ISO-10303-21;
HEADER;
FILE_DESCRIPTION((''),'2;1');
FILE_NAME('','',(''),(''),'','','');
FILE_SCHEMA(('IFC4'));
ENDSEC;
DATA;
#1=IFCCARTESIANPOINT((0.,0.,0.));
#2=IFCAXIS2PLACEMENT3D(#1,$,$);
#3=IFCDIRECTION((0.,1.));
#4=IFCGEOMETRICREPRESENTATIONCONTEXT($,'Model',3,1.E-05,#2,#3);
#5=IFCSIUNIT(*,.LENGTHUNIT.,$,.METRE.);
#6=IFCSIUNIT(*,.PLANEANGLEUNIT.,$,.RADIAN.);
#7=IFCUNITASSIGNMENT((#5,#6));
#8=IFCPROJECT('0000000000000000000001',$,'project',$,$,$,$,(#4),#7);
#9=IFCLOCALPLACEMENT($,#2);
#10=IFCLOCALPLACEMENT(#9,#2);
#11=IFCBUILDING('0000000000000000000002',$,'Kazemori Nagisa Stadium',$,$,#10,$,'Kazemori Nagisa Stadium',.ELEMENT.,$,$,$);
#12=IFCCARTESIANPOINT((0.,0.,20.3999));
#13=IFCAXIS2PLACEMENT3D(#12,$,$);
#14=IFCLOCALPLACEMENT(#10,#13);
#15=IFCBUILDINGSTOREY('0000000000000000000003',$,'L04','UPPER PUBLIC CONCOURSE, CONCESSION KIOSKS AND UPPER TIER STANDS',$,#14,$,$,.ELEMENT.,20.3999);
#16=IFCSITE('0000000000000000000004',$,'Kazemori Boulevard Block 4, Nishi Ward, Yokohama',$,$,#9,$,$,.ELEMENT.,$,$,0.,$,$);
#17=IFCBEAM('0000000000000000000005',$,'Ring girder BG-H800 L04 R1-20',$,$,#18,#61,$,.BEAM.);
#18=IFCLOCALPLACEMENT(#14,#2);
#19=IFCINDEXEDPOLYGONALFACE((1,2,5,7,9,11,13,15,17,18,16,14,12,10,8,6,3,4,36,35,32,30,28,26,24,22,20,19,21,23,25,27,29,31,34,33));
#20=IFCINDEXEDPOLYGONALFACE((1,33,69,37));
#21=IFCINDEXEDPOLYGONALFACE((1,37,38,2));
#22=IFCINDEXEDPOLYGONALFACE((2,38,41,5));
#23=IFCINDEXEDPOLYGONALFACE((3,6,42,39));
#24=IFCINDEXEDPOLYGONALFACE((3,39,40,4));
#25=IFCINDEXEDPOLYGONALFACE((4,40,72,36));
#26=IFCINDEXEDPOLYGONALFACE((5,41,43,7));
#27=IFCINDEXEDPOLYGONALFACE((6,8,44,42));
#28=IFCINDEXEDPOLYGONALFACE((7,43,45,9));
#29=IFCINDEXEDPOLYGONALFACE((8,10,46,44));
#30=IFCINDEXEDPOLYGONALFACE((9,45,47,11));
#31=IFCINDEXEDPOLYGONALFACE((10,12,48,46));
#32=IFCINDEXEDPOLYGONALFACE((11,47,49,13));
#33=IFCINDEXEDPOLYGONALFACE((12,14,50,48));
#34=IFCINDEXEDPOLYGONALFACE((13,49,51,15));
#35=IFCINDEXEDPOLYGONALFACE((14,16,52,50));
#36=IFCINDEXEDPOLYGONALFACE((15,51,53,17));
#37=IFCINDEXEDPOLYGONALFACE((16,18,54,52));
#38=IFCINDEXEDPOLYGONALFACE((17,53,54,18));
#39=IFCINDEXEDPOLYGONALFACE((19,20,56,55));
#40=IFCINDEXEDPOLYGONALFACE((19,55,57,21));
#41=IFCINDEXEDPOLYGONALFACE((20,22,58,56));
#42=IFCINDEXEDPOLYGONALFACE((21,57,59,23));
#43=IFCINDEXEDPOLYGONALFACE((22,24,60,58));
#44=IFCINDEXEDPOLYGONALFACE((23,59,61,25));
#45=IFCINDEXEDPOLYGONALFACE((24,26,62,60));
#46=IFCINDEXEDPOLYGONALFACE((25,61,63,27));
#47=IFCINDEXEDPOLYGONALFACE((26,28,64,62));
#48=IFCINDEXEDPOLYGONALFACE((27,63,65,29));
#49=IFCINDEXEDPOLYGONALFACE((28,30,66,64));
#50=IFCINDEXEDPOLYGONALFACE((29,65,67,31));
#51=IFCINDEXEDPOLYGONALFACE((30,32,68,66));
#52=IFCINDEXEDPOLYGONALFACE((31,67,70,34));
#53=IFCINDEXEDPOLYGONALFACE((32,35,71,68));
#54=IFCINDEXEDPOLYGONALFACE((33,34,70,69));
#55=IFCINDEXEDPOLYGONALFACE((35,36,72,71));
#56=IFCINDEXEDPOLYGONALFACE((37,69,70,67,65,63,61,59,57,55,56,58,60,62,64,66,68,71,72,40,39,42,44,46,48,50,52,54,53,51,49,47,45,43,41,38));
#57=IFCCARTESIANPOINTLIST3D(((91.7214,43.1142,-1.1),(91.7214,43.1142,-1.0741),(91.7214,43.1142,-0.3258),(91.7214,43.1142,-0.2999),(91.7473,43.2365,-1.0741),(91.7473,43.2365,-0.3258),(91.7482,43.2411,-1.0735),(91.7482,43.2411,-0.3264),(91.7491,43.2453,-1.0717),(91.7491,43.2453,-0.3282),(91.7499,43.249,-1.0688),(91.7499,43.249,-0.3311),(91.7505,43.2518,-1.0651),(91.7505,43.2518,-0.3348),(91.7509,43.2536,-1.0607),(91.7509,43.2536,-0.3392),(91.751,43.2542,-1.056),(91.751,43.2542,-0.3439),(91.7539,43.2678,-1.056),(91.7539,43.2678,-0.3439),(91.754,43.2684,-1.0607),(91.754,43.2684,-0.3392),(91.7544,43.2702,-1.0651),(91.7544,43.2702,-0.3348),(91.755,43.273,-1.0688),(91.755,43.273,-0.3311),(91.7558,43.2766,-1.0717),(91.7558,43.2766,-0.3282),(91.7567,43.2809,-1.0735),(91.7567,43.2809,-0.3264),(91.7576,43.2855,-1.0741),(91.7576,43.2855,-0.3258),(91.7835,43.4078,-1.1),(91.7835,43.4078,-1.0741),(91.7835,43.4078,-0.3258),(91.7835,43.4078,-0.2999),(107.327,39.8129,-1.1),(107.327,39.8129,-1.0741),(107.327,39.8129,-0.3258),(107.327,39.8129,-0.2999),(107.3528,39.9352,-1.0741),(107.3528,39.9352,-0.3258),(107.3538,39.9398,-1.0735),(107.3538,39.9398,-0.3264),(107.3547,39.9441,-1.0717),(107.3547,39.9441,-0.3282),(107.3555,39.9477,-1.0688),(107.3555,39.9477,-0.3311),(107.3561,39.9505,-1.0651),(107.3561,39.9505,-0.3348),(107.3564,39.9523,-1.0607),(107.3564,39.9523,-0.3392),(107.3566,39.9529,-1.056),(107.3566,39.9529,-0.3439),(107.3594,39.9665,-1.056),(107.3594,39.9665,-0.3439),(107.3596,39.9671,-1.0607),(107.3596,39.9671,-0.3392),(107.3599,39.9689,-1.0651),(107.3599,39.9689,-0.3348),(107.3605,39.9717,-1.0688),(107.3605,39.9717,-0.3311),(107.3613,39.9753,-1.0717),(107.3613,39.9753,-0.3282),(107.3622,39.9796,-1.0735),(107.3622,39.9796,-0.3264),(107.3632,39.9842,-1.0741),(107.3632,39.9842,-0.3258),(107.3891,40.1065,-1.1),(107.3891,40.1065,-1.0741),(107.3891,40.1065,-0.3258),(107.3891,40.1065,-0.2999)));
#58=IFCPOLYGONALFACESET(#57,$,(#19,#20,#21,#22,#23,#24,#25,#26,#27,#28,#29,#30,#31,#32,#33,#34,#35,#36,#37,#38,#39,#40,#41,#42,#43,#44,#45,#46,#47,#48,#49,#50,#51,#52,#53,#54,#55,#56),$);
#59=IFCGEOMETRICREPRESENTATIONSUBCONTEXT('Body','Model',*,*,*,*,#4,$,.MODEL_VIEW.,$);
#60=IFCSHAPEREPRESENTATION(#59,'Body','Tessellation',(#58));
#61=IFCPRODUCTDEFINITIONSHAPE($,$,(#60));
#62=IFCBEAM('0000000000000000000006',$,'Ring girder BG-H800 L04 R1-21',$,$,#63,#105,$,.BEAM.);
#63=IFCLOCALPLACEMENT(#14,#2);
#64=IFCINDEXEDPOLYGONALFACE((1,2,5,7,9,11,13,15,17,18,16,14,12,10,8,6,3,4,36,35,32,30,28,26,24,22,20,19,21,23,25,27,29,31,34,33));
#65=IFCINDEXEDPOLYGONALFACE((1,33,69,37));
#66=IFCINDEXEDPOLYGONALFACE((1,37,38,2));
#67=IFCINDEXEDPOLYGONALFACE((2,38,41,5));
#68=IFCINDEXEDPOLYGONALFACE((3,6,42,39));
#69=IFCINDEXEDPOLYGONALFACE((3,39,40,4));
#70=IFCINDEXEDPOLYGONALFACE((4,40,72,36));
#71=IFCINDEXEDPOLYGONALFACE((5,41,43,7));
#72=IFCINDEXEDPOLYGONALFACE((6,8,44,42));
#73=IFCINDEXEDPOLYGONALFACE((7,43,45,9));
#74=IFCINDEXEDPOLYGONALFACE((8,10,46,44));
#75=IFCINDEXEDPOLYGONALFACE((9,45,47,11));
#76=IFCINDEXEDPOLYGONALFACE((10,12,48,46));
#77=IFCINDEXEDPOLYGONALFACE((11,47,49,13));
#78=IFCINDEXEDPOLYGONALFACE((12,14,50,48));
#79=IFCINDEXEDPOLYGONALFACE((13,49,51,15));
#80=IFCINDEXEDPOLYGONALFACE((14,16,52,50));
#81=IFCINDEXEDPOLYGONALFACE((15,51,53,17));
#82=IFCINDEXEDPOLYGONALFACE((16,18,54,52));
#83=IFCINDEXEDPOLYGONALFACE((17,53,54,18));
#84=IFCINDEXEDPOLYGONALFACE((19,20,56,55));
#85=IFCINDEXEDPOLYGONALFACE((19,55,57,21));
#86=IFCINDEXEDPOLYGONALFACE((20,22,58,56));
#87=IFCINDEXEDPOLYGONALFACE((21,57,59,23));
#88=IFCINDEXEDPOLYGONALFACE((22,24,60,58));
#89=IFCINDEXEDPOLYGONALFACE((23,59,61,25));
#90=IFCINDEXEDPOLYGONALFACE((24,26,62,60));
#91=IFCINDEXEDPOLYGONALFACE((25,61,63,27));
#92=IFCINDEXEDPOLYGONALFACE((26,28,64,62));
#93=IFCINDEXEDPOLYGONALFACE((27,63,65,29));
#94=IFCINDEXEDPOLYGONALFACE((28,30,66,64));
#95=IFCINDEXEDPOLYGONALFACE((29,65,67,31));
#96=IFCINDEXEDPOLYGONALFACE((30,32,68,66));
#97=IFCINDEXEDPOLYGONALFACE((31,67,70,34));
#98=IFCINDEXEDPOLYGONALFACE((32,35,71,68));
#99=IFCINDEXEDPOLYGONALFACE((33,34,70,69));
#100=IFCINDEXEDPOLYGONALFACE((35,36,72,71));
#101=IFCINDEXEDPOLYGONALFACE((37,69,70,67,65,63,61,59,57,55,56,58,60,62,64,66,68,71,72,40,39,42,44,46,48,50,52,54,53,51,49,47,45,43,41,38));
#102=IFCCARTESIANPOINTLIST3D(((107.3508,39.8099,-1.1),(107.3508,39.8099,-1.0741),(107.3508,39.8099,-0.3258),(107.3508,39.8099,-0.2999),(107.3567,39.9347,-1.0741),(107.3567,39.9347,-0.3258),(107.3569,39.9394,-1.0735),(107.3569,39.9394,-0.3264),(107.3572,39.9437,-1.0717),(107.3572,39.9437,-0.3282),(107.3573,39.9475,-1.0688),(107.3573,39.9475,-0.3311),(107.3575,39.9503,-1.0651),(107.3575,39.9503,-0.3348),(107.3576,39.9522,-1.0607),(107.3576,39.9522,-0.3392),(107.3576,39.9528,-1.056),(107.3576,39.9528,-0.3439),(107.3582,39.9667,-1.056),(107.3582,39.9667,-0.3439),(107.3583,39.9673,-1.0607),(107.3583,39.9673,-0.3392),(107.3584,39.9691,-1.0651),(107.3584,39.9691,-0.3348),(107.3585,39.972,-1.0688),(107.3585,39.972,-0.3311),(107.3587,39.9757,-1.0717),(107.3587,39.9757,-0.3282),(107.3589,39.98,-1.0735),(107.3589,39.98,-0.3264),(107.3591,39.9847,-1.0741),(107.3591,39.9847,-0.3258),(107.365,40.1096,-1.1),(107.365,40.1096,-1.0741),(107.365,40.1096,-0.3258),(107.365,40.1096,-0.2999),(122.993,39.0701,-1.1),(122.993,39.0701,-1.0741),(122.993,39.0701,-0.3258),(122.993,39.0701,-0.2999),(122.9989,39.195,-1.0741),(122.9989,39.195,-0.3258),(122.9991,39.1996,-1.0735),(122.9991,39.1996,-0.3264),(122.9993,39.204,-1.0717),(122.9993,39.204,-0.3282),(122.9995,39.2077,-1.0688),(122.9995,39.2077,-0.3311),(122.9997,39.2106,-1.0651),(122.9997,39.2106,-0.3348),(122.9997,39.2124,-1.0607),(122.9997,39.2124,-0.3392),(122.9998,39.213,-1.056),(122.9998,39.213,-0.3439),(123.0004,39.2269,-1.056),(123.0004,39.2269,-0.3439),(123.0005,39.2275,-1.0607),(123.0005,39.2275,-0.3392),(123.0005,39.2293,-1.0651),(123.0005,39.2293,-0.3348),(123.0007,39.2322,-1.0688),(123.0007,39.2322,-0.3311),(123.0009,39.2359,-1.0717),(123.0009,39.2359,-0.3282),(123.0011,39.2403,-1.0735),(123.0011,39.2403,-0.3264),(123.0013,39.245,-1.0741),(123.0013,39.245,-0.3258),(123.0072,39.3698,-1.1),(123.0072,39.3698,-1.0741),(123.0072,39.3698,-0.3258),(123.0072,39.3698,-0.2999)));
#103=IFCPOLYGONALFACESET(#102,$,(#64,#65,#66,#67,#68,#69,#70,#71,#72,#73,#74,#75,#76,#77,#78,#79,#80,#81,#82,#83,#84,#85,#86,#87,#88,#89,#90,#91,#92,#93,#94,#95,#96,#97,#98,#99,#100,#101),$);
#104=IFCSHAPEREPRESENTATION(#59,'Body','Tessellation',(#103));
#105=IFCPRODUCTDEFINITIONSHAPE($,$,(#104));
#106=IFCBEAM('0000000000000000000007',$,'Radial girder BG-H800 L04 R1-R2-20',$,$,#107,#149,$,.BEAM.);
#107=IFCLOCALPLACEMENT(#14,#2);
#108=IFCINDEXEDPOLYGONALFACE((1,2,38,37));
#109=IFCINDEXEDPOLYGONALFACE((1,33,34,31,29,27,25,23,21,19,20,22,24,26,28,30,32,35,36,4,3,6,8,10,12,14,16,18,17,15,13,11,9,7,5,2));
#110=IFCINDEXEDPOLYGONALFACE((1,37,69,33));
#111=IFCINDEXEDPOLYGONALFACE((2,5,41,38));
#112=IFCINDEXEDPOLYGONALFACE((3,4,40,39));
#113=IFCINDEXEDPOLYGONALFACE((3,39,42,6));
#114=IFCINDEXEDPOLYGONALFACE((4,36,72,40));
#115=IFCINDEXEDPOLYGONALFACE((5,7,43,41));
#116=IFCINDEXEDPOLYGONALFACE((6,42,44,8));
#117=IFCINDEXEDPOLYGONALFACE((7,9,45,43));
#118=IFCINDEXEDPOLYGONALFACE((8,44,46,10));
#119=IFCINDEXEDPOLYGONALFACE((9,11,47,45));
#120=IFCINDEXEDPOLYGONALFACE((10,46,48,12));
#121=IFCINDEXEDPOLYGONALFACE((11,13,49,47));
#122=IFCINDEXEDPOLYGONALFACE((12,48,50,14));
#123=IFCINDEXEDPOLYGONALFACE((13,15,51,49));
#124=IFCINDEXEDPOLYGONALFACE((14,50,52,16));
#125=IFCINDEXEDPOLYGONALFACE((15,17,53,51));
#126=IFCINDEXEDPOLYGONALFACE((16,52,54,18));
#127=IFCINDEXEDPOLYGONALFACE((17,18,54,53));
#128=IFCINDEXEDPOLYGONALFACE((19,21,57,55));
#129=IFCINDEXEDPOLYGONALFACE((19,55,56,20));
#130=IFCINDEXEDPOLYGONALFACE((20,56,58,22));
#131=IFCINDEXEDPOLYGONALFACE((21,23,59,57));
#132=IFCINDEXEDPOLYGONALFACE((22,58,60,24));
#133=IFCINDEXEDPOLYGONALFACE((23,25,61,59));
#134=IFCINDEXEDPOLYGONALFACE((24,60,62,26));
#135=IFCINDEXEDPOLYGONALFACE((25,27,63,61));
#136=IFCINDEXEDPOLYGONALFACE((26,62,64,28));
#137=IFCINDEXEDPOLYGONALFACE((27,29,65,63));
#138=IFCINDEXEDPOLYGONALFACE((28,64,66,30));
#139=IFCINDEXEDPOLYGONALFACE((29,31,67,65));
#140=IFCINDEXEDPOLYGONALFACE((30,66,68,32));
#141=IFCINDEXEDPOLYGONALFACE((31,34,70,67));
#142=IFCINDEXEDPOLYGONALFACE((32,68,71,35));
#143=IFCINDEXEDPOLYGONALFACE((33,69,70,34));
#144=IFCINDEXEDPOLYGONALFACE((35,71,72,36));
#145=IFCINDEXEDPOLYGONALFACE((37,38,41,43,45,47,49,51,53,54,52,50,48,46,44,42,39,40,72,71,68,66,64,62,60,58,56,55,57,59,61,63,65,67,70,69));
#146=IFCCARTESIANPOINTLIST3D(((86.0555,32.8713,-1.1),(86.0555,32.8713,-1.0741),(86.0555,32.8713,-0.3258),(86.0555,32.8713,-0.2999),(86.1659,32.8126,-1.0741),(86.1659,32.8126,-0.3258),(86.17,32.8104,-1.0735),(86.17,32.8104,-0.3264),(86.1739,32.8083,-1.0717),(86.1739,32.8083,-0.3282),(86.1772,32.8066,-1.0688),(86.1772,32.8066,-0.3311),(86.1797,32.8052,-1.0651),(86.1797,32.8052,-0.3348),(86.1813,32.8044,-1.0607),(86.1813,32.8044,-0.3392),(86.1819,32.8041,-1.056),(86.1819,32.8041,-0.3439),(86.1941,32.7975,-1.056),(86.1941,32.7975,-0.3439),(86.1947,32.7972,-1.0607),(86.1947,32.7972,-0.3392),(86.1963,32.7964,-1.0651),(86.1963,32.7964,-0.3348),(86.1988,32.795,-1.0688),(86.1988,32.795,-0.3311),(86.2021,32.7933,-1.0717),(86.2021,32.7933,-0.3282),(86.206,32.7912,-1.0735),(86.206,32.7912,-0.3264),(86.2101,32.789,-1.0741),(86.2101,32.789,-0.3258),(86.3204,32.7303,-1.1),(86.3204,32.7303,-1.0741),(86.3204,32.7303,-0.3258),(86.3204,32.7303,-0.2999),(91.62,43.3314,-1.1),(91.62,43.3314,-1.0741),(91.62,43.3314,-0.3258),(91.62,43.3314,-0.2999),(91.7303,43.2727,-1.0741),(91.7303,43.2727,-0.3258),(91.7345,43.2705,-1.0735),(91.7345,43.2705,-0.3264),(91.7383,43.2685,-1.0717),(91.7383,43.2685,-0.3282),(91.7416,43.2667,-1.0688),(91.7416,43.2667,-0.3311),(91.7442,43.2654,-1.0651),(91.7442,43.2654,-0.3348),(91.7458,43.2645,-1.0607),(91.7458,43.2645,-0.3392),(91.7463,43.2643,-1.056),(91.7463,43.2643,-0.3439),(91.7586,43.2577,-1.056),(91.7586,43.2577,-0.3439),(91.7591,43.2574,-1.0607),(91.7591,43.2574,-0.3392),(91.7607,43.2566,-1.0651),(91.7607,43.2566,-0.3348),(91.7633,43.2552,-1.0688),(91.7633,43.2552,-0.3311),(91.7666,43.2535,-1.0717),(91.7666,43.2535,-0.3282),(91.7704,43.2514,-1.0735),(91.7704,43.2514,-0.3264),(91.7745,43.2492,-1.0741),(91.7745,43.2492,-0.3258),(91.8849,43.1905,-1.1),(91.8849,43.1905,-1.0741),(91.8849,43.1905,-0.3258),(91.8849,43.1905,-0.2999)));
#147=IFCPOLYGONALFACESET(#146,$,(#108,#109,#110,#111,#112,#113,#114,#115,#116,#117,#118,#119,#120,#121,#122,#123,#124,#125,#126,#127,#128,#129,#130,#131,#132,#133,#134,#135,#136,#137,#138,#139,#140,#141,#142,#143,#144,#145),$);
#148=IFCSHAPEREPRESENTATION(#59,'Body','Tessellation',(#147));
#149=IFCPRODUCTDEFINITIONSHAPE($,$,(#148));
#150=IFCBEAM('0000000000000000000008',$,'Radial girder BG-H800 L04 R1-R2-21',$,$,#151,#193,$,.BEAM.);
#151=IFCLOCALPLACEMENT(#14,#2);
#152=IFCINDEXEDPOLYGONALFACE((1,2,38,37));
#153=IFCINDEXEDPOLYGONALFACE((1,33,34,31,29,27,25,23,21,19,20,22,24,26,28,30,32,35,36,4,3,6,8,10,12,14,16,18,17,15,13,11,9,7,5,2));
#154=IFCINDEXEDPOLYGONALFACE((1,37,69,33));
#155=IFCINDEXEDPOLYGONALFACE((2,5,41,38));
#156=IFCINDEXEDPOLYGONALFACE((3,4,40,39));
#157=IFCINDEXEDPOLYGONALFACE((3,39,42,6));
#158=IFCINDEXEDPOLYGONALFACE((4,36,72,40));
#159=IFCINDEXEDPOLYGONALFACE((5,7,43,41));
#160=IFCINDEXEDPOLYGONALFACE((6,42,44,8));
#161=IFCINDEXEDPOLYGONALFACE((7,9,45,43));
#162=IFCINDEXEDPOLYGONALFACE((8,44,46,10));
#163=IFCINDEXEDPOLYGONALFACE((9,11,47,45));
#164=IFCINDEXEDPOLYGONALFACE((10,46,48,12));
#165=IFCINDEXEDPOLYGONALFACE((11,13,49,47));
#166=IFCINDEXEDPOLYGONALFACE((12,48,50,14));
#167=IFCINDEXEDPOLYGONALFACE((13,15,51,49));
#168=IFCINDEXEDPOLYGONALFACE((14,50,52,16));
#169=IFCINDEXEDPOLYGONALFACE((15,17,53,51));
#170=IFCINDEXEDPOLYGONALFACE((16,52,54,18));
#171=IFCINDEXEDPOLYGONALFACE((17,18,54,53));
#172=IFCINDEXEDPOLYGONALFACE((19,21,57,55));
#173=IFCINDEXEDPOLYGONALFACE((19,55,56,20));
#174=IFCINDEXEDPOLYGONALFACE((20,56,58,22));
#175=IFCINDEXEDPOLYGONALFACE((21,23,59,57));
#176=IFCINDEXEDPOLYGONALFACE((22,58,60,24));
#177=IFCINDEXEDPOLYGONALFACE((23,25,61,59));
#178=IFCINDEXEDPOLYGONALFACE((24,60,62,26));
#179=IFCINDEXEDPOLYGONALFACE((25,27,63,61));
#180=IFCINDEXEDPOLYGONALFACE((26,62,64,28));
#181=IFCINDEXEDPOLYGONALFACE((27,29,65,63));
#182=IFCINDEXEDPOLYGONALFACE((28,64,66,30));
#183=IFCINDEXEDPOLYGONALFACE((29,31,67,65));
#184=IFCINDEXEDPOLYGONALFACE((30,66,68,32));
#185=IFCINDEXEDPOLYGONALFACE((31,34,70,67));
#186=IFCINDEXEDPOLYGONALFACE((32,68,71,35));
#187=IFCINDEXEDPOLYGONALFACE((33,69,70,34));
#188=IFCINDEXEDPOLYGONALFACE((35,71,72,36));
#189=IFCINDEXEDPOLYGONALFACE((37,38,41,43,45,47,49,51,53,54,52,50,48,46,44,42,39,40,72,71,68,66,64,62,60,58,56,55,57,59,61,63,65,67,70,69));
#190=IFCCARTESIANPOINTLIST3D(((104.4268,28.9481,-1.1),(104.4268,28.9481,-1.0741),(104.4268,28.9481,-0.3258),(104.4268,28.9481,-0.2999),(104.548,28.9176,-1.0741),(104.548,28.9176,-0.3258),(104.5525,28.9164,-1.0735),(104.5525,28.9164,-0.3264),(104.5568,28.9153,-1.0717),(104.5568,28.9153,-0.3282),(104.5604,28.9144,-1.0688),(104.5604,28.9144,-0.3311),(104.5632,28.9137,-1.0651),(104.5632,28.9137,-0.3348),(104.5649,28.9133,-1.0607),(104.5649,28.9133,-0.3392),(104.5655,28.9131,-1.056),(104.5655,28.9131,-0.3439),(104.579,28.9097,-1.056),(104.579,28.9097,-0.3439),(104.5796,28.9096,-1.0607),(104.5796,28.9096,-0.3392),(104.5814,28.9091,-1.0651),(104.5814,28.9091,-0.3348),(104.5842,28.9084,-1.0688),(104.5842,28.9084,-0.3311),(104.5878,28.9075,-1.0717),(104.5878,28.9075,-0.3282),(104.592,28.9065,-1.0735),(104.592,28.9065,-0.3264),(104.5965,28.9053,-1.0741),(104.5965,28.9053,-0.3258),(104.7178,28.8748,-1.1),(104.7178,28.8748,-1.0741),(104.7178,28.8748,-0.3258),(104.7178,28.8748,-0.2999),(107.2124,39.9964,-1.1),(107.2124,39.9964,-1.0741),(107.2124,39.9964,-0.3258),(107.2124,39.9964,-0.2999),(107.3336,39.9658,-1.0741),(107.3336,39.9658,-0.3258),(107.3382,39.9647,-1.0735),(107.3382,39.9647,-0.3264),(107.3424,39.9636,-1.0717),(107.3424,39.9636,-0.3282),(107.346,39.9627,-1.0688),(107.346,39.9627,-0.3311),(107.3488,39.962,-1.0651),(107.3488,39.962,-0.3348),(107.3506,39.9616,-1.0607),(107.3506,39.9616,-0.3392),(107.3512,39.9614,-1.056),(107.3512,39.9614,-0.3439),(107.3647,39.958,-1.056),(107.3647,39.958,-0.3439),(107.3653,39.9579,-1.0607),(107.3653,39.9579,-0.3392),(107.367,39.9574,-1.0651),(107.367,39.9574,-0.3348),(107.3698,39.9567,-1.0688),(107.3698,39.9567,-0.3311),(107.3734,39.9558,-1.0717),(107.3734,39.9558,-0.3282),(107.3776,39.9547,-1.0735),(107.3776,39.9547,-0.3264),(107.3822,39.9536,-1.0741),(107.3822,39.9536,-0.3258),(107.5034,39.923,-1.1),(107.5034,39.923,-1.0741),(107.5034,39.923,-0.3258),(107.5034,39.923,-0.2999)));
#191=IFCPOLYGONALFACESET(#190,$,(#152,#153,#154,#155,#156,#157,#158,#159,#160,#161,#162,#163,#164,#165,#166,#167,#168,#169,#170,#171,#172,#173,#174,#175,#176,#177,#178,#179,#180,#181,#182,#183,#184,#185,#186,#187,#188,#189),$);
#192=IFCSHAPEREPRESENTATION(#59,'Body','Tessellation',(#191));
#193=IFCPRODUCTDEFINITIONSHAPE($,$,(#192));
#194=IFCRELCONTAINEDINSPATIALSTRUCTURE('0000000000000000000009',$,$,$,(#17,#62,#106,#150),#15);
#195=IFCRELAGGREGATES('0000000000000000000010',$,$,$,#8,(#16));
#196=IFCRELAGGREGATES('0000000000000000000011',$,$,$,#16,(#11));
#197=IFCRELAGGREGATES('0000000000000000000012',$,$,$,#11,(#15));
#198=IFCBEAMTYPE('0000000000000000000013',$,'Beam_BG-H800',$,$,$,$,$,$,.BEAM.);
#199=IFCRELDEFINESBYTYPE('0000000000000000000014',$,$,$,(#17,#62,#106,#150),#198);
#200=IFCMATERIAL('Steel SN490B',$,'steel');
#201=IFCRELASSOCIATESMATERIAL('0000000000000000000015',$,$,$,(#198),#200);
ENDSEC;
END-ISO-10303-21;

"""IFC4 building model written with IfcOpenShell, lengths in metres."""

from ifc_helpers import new_model, si_unit, direction, frame, origin, origin_2d, place, context, subcontext, project, spatial, i_section, extrude, material, material_profile, profile_set, type_object, element, save


model = new_model("IFC4")

# Units and contexts
model_context = context("Model", 3, precision=1e-05, world=origin(), true_north=direction((0.0, 1.0)))
body_context = subcontext(model_context, "Body", "Model", "MODEL_VIEW")
ifc_project = project(units=[si_unit("LENGTHUNIT", "METRE"), si_unit("PLANEANGLEUNIT", "RADIAN")], contexts=[model_context])

# Site, building, storey
site_placement = place(None, origin())
site = spatial("IfcSite", under=ifc_project, at=site_placement, Name="Kazemori Boulevard Block 4, Nishi Ward, Yokohama", CompositionType="ELEMENT", RefElevation=0.0)
building_placement = place(site_placement, origin())
building = spatial("IfcBuilding", under=site, at=building_placement, Name="Kazemori Nagisa Stadium", LongName="Kazemori Nagisa Stadium", CompositionType="ELEMENT")
storey_placement = place(building_placement, frame((0.0, 0.0, 20.3999)))
storey = spatial("IfcBuildingStorey", under=building, at=storey_placement, Name="L04", Description="UPPER PUBLIC CONCOURSE, CONCESSION KIOSKS AND UPPER TIER STANDS", CompositionType="ELEMENT", Elevation=20.3999)

# Beams
ifc_material_1 = material(Name="Steel SN490B", Category="steel")
ifc_material_profile_1 = material_profile(ifc_material_1, i_section(OverallWidth=0.3, OverallDepth=0.8, WebThickness=0.0139, FlangeThickness=0.0259, FilletRadius=0.0181, at=origin_2d()), Name="H-800x300x14x26")
ifc_profile_set_1 = profile_set([ifc_material_profile_1], Name="Steel SN490B")
beam_type_1 = type_object("IfcBeamType", Name="Beam_BG-H800", PredefinedType="BEAM", material=ifc_profile_set_1)
beam_1_placement = place(storey_placement, frame((91.7524, 43.261, -0.7), z_axis=(0.978348, -0.206965, 0.0), x_axis=(0.206965, 0.978348, 0.0)))
element("IfcBeam", 1, at=beam_1_placement, inside=storey, type_object=beam_type_1, Name="Ring girder BG-H800 L04 R1-20", PredefinedType="BEAM", context=body_context, shape_type="SweptSolid", body=[
    extrude(i_section(OverallWidth=0.3, OverallDepth=0.8, WebThickness=0.0139, FlangeThickness=0.0259, FilletRadius=0.0181, at=origin_2d()), origin(), (0.0, 0.0, 1.0), 15.9509),
])
beam_2_placement = place(storey_placement, frame((107.3579, 39.9597, -0.7), z_axis=(0.998884, -0.047239, 0.0), x_axis=(0.047239, 0.998884, 0.0)))
element("IfcBeam", 2, at=beam_2_placement, inside=storey, type_object=beam_type_1, Name="Ring girder BG-H800 L04 R1-21", PredefinedType="BEAM", context=body_context, shape_type="SweptSolid", body=[
    extrude(i_section(OverallWidth=0.3, OverallDepth=0.8, WebThickness=0.0139, FlangeThickness=0.0259, FilletRadius=0.0181, at=origin_2d()), origin(), (0.0, 0.0, 1.0), 15.6597),
])
beam_3_placement = place(storey_placement, frame((91.7524, 43.261, -0.7), z_axis=(-0.469647, -0.882854, 0.0), x_axis=(0.882854, -0.469647, 0.0)))
element("IfcBeam", 3, at=beam_3_placement, inside=storey, type_object=beam_type_1, Name="Radial girder BG-H800 L04 R1-R2-20", PredefinedType="BEAM", context=body_context, shape_type="SweptSolid", body=[
    extrude(i_section(OverallWidth=0.3, OverallDepth=0.8, WebThickness=0.0139, FlangeThickness=0.0259, FilletRadius=0.0181, at=origin_2d()), origin(), (0.0, 0.0, 1.0), 11.8481),
])
for number, where, z_axis, x_axis, name in (
    (4, (107.3579, 39.9597, -0.7), (-0.244481, -0.969654, 0.0), (0.969654, -0.244481, 0.0), "Radial girder BG-H800 L04 R1-R2-21"),
):
    element("IfcBeam", number, at=place(storey_placement, frame(where, z_axis=z_axis, x_axis=x_axis)), inside=storey, type_object=beam_type_1, Name=name, PredefinedType="BEAM", context=body_context, shape_type="SweptSolid", body=[
        extrude(i_section(OverallWidth=0.3, OverallDepth=0.8, WebThickness=0.0139, FlangeThickness=0.0259, FilletRadius=0.0181, at=origin_2d()), origin(), (0.0, 0.0, 1.0), 11.394),
    ])

save(model, "model.ifc")
